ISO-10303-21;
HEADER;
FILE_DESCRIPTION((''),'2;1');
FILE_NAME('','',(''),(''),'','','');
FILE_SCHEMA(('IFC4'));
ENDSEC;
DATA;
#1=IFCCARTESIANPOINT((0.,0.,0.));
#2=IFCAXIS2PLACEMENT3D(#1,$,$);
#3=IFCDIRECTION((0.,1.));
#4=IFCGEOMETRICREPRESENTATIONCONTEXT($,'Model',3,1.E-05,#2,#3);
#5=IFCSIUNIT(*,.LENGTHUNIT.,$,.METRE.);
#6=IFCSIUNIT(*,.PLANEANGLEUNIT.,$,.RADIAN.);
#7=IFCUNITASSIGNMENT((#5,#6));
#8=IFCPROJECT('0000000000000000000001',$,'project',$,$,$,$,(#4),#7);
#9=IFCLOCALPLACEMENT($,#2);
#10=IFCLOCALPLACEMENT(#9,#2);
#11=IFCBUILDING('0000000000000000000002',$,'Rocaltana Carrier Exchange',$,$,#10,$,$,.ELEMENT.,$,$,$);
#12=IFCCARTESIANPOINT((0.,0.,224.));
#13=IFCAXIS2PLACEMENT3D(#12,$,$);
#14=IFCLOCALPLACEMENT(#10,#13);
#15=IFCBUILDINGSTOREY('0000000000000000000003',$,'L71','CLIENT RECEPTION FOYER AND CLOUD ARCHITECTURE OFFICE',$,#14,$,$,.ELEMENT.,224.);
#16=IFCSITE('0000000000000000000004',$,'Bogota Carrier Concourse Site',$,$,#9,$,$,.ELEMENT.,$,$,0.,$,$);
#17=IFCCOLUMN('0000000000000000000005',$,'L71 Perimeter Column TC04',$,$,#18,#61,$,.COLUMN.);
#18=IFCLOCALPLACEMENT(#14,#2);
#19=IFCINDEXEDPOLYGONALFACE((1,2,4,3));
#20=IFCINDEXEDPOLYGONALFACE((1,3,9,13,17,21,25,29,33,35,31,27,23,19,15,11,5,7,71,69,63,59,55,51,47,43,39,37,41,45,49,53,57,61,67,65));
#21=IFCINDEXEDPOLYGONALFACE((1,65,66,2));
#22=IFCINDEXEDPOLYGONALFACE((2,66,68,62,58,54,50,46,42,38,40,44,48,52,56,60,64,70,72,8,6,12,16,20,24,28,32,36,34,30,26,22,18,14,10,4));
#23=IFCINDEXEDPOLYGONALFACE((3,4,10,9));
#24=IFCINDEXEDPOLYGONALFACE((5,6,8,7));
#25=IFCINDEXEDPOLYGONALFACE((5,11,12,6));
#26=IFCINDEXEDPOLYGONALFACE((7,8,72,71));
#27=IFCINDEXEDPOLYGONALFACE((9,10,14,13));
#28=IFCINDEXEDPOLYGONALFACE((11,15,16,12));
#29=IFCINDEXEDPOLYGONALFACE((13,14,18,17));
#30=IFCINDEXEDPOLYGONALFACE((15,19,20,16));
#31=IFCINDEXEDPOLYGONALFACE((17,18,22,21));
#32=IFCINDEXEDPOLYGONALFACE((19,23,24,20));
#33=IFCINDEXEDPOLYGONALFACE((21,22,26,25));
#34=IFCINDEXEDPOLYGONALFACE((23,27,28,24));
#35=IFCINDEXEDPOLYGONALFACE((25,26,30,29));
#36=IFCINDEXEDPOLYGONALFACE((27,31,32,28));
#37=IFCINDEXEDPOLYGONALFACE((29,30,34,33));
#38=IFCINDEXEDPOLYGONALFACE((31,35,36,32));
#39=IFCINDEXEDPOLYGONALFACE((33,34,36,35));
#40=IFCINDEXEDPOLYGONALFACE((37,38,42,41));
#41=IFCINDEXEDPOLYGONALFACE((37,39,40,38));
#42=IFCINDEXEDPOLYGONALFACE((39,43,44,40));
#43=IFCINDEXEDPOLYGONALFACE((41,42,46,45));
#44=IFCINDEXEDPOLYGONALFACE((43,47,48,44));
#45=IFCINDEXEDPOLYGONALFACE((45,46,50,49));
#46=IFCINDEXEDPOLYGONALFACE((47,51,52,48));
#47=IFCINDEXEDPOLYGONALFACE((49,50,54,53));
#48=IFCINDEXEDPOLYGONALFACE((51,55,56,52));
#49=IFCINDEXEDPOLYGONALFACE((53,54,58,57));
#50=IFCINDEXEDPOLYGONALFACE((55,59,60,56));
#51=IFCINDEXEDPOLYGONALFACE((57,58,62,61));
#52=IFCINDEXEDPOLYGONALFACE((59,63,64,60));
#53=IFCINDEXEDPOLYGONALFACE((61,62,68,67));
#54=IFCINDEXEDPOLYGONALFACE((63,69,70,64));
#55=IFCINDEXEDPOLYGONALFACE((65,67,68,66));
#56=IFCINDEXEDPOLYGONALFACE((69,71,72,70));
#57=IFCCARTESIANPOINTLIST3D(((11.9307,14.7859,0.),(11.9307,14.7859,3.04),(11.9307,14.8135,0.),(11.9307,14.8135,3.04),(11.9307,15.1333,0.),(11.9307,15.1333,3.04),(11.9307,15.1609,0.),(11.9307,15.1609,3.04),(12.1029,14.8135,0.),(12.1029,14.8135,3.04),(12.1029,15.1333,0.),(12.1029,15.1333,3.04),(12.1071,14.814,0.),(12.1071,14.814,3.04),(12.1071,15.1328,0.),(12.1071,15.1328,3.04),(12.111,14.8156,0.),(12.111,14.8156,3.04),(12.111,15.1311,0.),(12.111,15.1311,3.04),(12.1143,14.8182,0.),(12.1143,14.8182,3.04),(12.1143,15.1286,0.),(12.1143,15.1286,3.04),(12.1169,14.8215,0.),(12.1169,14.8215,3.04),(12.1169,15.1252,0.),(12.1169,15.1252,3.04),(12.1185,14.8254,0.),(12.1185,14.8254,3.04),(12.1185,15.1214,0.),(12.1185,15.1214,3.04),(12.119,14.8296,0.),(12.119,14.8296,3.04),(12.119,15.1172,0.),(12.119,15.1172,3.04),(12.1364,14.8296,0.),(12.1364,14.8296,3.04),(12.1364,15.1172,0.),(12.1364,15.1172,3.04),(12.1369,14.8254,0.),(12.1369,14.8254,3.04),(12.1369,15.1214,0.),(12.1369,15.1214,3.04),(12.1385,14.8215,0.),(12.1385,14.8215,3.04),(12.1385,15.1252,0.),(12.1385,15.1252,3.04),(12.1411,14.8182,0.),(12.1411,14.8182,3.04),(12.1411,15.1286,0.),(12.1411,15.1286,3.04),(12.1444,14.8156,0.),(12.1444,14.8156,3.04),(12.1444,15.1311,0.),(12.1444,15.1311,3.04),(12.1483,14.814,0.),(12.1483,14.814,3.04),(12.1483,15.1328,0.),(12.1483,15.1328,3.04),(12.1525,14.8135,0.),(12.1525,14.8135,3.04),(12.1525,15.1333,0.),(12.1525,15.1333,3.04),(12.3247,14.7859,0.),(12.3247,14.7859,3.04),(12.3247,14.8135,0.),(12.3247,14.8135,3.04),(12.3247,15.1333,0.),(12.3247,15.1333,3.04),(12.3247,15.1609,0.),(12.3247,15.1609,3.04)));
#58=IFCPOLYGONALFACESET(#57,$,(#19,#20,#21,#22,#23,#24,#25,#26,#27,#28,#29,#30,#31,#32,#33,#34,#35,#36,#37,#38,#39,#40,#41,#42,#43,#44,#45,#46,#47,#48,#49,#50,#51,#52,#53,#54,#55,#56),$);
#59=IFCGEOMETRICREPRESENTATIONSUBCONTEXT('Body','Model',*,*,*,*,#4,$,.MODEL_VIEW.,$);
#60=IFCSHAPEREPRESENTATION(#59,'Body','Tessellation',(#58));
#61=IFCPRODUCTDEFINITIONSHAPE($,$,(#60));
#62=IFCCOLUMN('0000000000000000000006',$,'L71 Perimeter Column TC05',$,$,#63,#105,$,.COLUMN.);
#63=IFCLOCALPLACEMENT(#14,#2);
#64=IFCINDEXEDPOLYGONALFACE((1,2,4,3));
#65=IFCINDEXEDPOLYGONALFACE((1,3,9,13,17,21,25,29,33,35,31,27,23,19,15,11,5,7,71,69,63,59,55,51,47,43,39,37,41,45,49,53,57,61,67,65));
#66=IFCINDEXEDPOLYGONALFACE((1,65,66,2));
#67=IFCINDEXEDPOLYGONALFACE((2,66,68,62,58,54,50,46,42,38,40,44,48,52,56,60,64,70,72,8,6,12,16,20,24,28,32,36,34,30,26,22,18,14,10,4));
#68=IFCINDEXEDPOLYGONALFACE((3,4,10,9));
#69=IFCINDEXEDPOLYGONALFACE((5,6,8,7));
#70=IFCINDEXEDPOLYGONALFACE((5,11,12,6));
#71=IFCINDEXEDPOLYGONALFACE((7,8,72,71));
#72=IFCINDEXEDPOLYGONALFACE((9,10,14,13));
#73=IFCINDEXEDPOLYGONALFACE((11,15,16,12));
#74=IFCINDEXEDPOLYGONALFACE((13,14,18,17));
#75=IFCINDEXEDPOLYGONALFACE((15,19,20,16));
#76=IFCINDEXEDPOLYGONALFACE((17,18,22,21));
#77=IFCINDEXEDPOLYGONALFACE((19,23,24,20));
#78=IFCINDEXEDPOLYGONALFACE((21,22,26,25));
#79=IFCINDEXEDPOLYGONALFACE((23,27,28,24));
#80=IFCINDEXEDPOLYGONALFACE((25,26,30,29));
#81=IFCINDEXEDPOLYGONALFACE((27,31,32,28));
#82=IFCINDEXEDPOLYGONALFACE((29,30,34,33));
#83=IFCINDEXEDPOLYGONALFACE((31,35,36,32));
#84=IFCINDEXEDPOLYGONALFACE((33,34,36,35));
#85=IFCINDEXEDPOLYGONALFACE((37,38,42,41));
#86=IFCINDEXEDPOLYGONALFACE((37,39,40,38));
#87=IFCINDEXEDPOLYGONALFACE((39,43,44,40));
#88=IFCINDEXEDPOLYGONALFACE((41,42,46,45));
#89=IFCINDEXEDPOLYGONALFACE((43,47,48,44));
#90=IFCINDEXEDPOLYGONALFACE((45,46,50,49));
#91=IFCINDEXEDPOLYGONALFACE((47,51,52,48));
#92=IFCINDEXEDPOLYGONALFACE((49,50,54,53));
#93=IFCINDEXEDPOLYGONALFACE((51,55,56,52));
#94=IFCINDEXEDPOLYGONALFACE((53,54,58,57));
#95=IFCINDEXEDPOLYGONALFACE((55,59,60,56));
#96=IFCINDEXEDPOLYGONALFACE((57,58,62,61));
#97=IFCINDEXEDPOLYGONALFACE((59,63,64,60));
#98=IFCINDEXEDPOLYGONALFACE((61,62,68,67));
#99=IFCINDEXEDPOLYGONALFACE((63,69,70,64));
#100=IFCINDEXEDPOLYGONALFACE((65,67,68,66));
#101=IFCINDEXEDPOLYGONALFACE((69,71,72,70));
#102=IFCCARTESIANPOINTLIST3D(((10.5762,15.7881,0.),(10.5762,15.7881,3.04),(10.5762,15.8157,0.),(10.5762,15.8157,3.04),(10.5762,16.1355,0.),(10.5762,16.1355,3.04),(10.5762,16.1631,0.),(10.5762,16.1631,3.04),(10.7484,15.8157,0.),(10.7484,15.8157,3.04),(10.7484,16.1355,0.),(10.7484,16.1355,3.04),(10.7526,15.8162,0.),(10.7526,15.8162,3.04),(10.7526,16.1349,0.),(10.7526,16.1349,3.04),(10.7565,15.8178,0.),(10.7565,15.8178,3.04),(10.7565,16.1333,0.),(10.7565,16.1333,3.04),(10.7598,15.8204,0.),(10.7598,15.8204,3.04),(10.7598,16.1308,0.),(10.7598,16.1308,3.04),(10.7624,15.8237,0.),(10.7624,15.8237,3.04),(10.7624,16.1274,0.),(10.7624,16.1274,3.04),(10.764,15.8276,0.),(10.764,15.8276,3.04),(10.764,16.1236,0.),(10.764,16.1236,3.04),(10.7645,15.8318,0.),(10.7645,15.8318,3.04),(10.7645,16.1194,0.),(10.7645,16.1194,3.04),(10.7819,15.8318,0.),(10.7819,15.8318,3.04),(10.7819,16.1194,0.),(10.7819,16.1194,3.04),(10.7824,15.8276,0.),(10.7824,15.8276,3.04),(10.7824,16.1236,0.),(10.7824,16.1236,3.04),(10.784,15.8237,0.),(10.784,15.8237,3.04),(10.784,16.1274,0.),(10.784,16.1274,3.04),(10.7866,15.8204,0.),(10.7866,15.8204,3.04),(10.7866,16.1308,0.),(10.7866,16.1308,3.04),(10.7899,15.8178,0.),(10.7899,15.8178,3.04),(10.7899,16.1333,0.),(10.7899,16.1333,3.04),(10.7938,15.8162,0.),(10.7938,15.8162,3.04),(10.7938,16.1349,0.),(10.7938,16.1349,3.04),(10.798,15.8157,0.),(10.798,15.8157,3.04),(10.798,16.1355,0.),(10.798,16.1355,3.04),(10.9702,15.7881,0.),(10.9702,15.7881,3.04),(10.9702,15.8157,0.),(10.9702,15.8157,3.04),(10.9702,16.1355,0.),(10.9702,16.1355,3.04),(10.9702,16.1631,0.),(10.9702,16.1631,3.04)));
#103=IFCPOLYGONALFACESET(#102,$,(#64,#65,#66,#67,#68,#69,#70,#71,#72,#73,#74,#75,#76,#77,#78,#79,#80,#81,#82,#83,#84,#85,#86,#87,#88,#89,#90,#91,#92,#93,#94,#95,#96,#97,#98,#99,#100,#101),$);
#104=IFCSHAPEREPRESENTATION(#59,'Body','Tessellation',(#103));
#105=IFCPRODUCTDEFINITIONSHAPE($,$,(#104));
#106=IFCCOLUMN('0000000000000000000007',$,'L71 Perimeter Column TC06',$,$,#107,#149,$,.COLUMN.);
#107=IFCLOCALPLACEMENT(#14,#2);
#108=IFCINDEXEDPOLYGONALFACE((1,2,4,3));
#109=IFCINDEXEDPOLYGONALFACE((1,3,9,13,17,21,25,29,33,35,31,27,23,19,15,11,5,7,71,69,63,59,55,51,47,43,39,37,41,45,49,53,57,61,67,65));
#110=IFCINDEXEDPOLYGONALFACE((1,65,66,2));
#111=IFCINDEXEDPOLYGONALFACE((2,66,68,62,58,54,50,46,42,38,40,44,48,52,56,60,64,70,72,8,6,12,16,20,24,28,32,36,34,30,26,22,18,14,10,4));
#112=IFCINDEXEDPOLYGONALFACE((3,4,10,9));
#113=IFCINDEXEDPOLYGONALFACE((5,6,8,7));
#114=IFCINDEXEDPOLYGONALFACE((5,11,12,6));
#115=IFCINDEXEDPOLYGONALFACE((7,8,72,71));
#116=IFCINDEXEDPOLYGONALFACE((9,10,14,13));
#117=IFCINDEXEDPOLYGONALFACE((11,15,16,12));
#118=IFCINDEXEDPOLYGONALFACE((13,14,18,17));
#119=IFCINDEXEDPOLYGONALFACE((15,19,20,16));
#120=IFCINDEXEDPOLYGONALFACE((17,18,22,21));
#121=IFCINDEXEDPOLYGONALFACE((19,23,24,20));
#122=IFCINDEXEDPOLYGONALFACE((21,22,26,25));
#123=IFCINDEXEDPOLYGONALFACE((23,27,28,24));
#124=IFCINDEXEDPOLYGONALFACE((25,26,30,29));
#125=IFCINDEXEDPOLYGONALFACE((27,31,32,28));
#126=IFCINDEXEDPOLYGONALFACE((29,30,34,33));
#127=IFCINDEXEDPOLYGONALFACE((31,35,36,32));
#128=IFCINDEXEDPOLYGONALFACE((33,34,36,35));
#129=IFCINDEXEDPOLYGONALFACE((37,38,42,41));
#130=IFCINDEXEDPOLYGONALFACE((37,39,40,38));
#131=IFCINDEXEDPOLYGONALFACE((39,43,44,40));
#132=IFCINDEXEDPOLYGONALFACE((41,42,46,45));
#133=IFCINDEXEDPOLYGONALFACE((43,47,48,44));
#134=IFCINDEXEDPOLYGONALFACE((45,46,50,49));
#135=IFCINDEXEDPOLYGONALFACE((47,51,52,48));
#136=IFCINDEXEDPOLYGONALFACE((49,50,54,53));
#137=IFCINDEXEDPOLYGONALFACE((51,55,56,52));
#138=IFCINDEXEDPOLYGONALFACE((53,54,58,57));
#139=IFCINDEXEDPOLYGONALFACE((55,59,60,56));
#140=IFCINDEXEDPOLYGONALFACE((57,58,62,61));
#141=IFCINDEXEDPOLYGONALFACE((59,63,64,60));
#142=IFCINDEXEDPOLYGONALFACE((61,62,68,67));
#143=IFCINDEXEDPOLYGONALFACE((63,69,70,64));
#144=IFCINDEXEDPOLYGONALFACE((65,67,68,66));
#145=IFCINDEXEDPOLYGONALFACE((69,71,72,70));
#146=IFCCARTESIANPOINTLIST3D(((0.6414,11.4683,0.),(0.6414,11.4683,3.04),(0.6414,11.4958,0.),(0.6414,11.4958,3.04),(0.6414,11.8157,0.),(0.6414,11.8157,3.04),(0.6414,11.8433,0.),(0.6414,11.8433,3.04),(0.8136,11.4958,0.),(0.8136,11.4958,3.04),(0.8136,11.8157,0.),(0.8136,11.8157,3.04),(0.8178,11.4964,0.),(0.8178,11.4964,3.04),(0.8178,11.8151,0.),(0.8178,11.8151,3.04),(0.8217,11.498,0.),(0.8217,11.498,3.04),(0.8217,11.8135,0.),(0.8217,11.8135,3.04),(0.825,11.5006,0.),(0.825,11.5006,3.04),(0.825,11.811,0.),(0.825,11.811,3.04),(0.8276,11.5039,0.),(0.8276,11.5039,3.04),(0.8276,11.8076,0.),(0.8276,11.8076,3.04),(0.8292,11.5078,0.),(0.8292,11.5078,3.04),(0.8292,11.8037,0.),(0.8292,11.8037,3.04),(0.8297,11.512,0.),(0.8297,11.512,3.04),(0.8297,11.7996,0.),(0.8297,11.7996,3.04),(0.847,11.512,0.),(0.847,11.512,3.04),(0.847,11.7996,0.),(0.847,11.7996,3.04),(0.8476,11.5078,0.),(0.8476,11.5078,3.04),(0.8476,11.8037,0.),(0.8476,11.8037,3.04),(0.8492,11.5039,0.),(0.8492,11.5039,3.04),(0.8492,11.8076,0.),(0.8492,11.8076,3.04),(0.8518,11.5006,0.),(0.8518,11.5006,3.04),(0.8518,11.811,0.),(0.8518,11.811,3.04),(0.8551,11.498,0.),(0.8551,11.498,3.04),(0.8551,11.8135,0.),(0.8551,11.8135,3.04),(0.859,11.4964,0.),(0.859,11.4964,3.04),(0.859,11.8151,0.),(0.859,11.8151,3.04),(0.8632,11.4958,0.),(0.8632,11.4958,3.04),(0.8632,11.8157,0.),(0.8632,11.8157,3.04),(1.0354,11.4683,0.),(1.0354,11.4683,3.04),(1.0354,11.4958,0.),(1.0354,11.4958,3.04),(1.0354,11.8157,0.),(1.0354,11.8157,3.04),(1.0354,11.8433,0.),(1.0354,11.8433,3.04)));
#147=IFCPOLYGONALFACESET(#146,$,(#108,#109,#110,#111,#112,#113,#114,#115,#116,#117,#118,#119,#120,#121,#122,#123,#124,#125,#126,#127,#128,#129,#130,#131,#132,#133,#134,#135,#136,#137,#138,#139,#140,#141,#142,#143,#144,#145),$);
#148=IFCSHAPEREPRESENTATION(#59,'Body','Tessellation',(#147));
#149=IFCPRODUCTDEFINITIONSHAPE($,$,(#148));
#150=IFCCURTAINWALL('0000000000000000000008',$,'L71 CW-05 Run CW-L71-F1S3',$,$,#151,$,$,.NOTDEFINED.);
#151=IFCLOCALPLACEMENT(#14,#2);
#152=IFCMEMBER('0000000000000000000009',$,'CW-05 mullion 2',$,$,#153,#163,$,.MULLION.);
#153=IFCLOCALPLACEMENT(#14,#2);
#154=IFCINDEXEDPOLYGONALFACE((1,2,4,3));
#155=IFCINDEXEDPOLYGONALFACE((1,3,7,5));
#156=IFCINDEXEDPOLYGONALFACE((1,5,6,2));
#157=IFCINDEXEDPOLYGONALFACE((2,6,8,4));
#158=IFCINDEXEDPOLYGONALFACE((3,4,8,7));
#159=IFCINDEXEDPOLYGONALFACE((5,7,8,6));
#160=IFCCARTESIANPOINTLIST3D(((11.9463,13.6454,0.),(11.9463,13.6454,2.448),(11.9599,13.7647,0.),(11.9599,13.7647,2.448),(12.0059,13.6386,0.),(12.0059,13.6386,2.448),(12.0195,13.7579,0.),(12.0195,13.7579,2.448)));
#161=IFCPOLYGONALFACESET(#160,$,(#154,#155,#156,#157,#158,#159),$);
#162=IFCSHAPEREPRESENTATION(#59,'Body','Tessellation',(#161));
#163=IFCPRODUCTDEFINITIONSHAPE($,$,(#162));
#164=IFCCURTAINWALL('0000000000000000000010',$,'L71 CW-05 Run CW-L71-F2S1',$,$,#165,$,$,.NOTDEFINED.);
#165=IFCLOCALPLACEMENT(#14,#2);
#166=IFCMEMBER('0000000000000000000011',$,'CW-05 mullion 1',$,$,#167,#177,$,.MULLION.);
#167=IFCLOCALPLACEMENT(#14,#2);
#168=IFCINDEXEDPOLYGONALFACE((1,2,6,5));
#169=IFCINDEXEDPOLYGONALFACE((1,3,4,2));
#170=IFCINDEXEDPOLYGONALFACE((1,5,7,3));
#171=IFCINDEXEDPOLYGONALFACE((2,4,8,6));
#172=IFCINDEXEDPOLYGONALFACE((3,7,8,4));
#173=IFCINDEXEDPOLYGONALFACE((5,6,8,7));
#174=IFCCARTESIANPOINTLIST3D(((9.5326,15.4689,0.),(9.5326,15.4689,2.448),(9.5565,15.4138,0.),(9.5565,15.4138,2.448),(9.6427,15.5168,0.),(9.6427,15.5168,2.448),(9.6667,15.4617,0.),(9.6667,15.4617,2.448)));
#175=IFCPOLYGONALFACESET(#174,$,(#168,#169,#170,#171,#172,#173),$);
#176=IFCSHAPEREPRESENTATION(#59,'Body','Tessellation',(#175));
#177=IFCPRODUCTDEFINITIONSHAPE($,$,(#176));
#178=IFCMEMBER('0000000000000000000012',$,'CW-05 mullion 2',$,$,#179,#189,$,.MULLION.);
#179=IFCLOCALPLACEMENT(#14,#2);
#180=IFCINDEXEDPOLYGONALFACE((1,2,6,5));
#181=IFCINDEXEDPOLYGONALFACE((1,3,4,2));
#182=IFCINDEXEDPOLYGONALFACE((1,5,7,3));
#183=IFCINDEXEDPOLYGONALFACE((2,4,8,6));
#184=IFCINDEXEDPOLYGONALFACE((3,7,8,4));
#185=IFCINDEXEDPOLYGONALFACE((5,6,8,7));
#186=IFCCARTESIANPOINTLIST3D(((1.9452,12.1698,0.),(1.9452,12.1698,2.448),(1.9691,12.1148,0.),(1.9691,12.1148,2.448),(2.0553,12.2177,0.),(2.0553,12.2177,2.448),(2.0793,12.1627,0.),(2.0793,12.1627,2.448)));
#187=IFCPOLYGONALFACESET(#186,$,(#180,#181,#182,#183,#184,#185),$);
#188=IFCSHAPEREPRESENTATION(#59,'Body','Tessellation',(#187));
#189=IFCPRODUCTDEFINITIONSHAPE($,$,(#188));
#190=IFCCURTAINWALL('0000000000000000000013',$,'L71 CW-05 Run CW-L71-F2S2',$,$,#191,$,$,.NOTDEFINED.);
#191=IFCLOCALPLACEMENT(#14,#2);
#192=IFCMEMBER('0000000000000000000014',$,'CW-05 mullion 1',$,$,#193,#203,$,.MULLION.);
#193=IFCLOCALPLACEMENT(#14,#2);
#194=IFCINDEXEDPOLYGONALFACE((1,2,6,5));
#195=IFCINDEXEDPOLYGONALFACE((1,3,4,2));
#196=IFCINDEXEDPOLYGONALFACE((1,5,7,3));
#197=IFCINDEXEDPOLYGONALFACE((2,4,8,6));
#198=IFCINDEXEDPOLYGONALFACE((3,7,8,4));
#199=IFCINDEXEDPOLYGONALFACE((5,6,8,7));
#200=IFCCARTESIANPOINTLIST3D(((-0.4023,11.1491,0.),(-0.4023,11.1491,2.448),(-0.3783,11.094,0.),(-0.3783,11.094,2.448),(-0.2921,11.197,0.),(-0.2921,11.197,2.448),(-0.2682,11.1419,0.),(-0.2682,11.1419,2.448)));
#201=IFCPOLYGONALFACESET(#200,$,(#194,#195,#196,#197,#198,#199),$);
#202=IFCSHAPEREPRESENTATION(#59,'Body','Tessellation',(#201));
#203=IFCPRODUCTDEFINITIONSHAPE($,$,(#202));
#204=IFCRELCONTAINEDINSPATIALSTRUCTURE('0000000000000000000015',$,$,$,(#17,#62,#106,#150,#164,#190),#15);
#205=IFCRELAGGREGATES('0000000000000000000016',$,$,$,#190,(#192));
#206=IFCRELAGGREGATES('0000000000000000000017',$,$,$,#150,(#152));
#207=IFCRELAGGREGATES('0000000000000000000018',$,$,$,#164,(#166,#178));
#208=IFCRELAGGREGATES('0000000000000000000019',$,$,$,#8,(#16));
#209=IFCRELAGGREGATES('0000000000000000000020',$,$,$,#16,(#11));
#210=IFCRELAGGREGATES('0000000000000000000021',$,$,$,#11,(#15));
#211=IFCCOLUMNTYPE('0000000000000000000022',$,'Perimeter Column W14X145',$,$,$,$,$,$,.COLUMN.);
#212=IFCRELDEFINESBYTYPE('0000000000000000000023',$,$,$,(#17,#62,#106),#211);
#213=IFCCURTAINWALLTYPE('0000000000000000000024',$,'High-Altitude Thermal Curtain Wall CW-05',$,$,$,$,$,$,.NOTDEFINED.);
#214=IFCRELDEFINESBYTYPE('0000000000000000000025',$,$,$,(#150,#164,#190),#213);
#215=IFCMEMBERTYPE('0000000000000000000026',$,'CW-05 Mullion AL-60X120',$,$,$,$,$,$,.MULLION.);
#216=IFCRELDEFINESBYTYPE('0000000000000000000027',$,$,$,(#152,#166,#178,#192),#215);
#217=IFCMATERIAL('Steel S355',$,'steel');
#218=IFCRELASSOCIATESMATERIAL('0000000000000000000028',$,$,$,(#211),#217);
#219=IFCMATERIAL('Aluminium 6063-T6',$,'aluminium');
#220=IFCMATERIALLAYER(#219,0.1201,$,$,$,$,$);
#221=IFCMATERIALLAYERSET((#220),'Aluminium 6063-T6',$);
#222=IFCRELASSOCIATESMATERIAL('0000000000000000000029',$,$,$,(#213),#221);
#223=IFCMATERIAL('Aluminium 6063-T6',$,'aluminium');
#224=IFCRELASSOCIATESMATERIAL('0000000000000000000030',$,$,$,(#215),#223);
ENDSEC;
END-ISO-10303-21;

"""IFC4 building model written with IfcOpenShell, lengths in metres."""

from ifc_helpers import new_model, si_unit, direction, frame, origin, origin_2d, place, context, subcontext, project, spatial, rectangle, i_section, extrude, material, layer, layer_set, material_profile, profile_set, type_object, element, aggregate, save


model = new_model("IFC4")

# Units and contexts
model_context = context("Model", 3, precision=1e-05, world=origin(), true_north=direction((0.0, 1.0)))
body_context = subcontext(model_context, "Body", "Model", "MODEL_VIEW")
ifc_project = project(units=[si_unit("LENGTHUNIT", "METRE"), si_unit("PLANEANGLEUNIT", "RADIAN")], contexts=[model_context])

# Site, building, storey
site_placement = place(None, origin())
site = spatial("IfcSite", under=ifc_project, at=site_placement, Name="Bogota Carrier Concourse Site", CompositionType="ELEMENT", RefElevation=0.0)
building_placement = place(site_placement, origin())
building = spatial("IfcBuilding", under=site, at=building_placement, Name="Rocaltana Carrier Exchange", CompositionType="ELEMENT")
storey_placement = place(building_placement, frame((0.0, 0.0, 224.0)))
storey = spatial("IfcBuildingStorey", under=building, at=storey_placement, Name="L71", Description="CLIENT RECEPTION FOYER AND CLOUD ARCHITECTURE OFFICE", CompositionType="ELEMENT", Elevation=224.0)

# Columns
ifc_material_1 = material(Name="Steel S355", Category="steel")
ifc_material_profile_1 = material_profile(ifc_material_1, i_section(OverallWidth=0.394, OverallDepth=0.375, WebThickness=0.0173, FlangeThickness=0.0276, FilletRadius=0.0161, at=origin_2d()), Name="W14X145")
ifc_profile_set_1 = profile_set([ifc_material_profile_1], Name="Steel S355")
column_type = type_object("IfcColumnType", Name="Perimeter Column W14X145", PredefinedType="COLUMN", material=ifc_profile_set_1)
for number, where, z_axis, x_axis, name in (
    (1, (12.1277, 14.9734, 0.0), (0.0, 0.0, 1.0), (1.0, 0.0, 0.0), "L71 Perimeter Column TC04"),
    (2, (10.7732, 15.9756, 0.0), (0.0, 0.0, 1.0), (1.0, 0.0, 0.0), "L71 Perimeter Column TC05"),
    (3, (0.8384, 11.6558, 0.0), (0.0, 0.0, 1.0), (1.0, 0.0, 0.0), "L71 Perimeter Column TC06"),
):
    element("IfcColumn", number, at=place(storey_placement, frame(where, z_axis=z_axis, x_axis=x_axis)), inside=storey, type_object=column_type, Name=name, PredefinedType="COLUMN", context=body_context, shape_type="SweptSolid", body=[
        extrude(i_section(OverallWidth=0.394, OverallDepth=0.375, WebThickness=0.0173, FlangeThickness=0.0276, FilletRadius=0.0161, at=origin_2d()), origin(), (0.0, 0.0, 1.0), 3.04),
    ])

# Curtain wall, member
ifc_material_2 = material(Name="Aluminium 6063-T6", Category="aluminium")
ifc_layer_1 = layer(ifc_material_2, 0.1201)
ifc_layer_set_1 = layer_set([ifc_layer_1], Name="Aluminium 6063-T6")
curtain_wall_type = type_object("IfcCurtainWallType", Name="High-Altitude Thermal Curtain Wall CW-05", PredefinedType="NOTDEFINED", material=ifc_layer_set_1)
curtain_wall_1_placement = place(storey_placement, origin())
curtain_wall_1 = element("IfcCurtainWall", 4, at=curtain_wall_1_placement, inside=storey, type_object=curtain_wall_type, Name="L71 CW-05 Run CW-L71-F1S3", PredefinedType="NOTDEFINED")
ifc_material_3 = material(Name="Aluminium 6063-T6", Category="aluminium")
ifc_material_profile_2 = material_profile(ifc_material_3, rectangle(XDim=0.0601, YDim=0.1201, at=origin_2d()), Name="AL-60X120")
ifc_profile_set_2 = profile_set([ifc_material_profile_2], Name="Aluminium 6063-T6")
member_type_1 = type_object("IfcMemberType", Name="CW-05 Mullion AL-60X120", PredefinedType="MULLION", material=ifc_profile_set_2)
member_1_placement = place(storey_placement, frame((11.9829, 13.7017, 0.0), z_axis=(0.0, 0.0, 1.0), x_axis=(-0.993573, 0.113197, 0.0)))
member_1 = element("IfcMember", 5, at=member_1_placement, type_object=member_type_1, Name="CW-05 mullion 2", PredefinedType="MULLION", context=body_context, shape_type="SweptSolid", body=[
    extrude(rectangle(XDim=0.0601, YDim=0.1201, at=origin_2d()), origin(), (0.0, 0.0, 1.0), 2.448),
])

# Curtain wall, members
curtain_wall_2_placement = place(storey_placement, origin())
curtain_wall_2 = element("IfcCurtainWall", 6, at=curtain_wall_2_placement, inside=storey, type_object=curtain_wall_type, Name="L71 CW-05 Run CW-L71-F2S1", PredefinedType="NOTDEFINED")
member_2_placement = place(storey_placement, frame((9.5996, 15.4653, 0.0), z_axis=(0.0, 0.0, 1.0), x_axis=(0.398757, -0.917057, 0.0)))
member_2 = element("IfcMember", 7, at=member_2_placement, type_object=member_type_1, Name="CW-05 mullion 1", PredefinedType="MULLION", context=body_context, shape_type="SweptSolid", body=[
    extrude(rectangle(XDim=0.0601, YDim=0.1201, at=origin_2d()), origin(), (0.0, 0.0, 1.0), 2.448),
])
member_3_placement = place(storey_placement, frame((2.0122, 12.1663, 0.0), z_axis=(0.0, 0.0, 1.0), x_axis=(0.398757, -0.917057, 0.0)))
member_3 = element("IfcMember", 8, at=member_3_placement, type_object=member_type_1, Name="CW-05 mullion 2", PredefinedType="MULLION", context=body_context, shape_type="SweptSolid", body=[
    extrude(rectangle(XDim=0.0601, YDim=0.1201, at=origin_2d()), origin(), (0.0, 0.0, 1.0), 2.448),
])

# Curtain wall, member
curtain_wall_3_placement = place(storey_placement, origin())
curtain_wall_3 = element("IfcCurtainWall", 9, at=curtain_wall_3_placement, inside=storey, type_object=curtain_wall_type, Name="L71 CW-05 Run CW-L71-F2S2", PredefinedType="NOTDEFINED")
member_4_placement = place(storey_placement, frame((-0.3352, 11.1455, 0.0), z_axis=(0.0, 0.0, 1.0), x_axis=(0.398752, -0.917059, 0.0)))
member_4 = element("IfcMember", 10, at=member_4_placement, type_object=member_type_1, Name="CW-05 mullion 1", PredefinedType="MULLION", context=body_context, shape_type="SweptSolid", body=[
    extrude(rectangle(XDim=0.0601, YDim=0.1201, at=origin_2d()), origin(), (0.0, 0.0, 1.0), 2.448),
])

aggregate(curtain_wall_3, [member_4])

aggregate(curtain_wall_1, [member_1])
aggregate(curtain_wall_2, [member_2, member_3])

save(model, "model.ifc")
